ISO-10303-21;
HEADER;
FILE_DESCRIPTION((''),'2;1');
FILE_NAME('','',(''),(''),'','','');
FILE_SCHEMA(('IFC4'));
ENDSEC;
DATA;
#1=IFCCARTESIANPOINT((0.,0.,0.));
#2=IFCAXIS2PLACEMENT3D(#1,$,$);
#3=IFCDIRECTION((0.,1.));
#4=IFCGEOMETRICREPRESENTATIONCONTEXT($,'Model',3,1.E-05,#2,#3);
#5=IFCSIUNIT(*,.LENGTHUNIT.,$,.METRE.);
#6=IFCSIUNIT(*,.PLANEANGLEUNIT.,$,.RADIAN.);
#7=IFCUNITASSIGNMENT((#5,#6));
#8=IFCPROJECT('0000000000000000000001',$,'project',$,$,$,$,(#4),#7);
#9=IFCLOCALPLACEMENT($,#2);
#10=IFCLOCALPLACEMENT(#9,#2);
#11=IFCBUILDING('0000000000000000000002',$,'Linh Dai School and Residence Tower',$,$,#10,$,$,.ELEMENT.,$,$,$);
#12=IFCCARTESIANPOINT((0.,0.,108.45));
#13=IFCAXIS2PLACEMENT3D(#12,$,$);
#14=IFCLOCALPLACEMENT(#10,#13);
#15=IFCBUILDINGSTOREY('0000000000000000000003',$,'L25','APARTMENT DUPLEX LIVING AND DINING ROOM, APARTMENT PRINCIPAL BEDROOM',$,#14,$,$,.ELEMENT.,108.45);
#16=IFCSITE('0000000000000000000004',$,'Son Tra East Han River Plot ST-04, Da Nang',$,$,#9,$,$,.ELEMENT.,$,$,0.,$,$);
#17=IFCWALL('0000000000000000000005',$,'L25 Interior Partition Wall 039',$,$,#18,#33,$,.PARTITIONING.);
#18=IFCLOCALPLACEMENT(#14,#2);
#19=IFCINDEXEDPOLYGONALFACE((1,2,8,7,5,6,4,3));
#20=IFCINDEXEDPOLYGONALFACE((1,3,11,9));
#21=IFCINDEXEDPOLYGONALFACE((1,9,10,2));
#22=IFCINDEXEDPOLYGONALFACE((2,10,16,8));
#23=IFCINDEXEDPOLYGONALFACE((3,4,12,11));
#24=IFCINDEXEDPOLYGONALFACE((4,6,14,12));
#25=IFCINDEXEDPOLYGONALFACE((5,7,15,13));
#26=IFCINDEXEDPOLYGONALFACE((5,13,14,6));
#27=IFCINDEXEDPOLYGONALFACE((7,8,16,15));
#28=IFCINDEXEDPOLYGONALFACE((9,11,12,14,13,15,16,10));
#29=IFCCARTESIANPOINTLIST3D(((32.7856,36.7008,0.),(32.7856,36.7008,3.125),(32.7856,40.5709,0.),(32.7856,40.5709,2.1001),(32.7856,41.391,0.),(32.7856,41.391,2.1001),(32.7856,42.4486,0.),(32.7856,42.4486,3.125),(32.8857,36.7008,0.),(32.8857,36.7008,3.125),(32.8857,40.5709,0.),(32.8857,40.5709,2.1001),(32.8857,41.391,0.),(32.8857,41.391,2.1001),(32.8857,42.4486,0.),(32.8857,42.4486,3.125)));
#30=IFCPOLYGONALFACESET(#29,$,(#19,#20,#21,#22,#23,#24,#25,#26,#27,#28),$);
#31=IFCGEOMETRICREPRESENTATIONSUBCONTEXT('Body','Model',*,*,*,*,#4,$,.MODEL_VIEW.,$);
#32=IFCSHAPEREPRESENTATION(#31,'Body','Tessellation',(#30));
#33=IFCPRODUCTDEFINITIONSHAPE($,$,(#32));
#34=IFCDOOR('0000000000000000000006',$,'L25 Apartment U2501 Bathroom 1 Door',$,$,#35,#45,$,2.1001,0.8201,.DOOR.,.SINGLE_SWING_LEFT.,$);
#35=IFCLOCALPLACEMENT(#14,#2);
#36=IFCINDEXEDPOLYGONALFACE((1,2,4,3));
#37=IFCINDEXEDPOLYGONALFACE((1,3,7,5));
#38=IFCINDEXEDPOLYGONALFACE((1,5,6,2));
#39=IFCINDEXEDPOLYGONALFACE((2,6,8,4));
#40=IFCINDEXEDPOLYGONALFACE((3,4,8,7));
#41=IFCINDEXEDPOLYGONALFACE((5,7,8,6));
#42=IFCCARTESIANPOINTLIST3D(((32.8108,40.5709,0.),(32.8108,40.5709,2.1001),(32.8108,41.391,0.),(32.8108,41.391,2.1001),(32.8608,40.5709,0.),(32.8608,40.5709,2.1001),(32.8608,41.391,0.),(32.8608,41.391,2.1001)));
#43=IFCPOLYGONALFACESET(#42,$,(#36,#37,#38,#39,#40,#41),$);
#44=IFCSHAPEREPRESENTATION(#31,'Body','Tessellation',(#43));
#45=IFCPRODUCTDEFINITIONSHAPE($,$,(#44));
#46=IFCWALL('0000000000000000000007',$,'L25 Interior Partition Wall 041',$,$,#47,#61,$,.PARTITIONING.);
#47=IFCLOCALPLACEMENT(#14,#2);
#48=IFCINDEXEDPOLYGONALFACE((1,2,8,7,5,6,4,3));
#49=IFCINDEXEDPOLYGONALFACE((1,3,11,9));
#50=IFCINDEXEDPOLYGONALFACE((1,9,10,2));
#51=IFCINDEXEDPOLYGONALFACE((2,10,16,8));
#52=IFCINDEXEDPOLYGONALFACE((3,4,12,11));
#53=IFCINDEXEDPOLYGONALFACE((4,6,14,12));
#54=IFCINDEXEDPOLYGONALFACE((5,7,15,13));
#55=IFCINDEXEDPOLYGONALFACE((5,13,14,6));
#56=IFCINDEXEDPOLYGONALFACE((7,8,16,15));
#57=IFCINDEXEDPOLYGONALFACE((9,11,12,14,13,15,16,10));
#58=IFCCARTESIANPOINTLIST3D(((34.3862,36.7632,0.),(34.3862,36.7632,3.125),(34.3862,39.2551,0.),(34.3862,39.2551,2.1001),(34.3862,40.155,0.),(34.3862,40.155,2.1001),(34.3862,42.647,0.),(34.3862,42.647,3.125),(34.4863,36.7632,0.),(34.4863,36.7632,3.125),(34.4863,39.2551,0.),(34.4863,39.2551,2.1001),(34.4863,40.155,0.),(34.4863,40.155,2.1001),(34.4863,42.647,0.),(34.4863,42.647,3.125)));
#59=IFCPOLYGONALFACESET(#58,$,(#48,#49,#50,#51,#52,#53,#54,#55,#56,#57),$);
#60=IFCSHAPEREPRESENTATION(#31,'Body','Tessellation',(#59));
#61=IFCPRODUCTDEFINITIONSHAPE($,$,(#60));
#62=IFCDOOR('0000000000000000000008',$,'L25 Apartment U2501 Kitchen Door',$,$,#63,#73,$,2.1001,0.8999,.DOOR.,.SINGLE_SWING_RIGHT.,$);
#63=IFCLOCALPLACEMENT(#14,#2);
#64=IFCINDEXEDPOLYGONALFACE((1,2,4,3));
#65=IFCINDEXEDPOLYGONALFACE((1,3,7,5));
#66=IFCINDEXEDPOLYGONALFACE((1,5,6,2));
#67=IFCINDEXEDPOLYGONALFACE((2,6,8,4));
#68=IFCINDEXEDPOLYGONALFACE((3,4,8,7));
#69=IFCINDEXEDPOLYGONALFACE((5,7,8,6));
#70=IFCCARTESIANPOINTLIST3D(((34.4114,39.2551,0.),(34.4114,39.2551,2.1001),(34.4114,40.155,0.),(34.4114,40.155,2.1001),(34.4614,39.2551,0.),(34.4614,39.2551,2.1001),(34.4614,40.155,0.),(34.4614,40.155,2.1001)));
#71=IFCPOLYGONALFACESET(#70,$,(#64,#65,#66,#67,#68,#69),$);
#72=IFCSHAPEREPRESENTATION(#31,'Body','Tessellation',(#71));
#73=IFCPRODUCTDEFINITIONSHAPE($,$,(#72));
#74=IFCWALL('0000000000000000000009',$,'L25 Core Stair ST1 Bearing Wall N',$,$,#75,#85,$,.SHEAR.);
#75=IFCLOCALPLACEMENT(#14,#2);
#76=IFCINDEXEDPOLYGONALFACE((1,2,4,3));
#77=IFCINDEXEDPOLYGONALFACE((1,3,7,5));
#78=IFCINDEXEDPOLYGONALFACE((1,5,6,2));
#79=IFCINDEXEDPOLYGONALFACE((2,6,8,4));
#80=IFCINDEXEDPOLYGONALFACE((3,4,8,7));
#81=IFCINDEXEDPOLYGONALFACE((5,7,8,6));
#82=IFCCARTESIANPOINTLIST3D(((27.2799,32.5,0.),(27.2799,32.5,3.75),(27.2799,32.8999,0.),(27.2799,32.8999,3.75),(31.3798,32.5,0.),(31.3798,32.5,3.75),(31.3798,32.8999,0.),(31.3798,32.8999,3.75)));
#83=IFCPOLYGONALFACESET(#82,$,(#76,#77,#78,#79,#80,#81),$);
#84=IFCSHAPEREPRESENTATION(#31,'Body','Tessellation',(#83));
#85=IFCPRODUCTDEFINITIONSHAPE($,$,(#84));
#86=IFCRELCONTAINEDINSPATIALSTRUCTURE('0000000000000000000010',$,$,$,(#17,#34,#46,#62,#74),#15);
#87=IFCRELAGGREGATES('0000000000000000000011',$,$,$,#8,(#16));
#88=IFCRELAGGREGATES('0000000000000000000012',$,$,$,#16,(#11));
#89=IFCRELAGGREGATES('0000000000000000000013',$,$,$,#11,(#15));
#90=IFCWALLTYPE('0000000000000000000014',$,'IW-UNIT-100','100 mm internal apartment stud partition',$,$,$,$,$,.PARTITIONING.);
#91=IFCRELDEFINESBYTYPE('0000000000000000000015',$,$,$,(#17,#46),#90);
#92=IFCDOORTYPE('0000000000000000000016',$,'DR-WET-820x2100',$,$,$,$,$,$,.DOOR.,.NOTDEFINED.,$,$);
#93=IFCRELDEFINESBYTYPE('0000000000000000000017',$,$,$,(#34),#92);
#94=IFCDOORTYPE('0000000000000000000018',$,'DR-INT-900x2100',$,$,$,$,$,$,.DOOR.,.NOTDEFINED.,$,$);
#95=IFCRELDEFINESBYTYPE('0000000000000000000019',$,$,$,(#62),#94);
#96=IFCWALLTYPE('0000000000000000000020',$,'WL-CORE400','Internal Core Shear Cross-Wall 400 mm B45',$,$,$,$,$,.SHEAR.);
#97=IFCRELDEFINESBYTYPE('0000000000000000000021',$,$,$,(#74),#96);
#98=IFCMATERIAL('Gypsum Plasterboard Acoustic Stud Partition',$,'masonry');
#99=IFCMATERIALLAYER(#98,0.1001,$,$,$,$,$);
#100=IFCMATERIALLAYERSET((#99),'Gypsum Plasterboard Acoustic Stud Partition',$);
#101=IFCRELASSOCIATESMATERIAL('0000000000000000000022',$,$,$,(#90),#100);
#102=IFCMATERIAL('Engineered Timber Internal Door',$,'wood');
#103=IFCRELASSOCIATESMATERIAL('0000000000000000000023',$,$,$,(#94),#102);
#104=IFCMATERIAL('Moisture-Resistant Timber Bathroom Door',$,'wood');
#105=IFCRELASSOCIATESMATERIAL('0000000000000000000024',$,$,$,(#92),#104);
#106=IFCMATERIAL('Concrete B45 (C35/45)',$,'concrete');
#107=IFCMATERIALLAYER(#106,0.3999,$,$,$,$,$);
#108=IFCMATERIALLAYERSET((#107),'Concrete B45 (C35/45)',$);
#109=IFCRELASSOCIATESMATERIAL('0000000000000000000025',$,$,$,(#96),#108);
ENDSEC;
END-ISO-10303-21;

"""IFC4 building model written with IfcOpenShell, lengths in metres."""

from ifc_helpers import new_model, si_unit, direction, frame, frame_2d, origin, origin_2d, place, context, subcontext, project, spatial, rectangle, extrude, source, transform, mapped, material, layer, layer_set, type_object, element, fill, save


model = new_model("IFC4")

# Units and contexts
model_context = context("Model", 3, precision=1e-05, world=origin(), true_north=direction((0.0, 1.0)))
body_context = subcontext(model_context, "Body", "Model", "MODEL_VIEW")
ifc_project = project(units=[si_unit("LENGTHUNIT", "METRE"), si_unit("PLANEANGLEUNIT", "RADIAN")], contexts=[model_context])

# Site, building, storey
site_placement = place(None, origin())
site = spatial("IfcSite", under=ifc_project, at=site_placement, Name="Son Tra East Han River Plot ST-04, Da Nang", CompositionType="ELEMENT", RefElevation=0.0)
building_placement = place(site_placement, origin())
building = spatial("IfcBuilding", under=site, at=building_placement, Name="Linh Dai School and Residence Tower", CompositionType="ELEMENT")
storey_placement = place(building_placement, frame((0.0, 0.0, 108.45)))
storey = spatial("IfcBuildingStorey", under=building, at=storey_placement, Name="L25", Description="APARTMENT DUPLEX LIVING AND DINING ROOM, APARTMENT PRINCIPAL BEDROOM", CompositionType="ELEMENT", Elevation=108.45)

# Shared definitions
ifc_material_1 = material(Name="Gypsum Plasterboard Acoustic Stud Partition", Category="masonry")
ifc_layer_1 = layer(ifc_material_1, 0.1001)
ifc_layer_set_1 = layer_set([ifc_layer_1], Name="Gypsum Plasterboard Acoustic Stud Partition")
wall_type_1 = type_object("IfcWallType", Name="IW-UNIT-100", Description="100 mm internal apartment stud partition", PredefinedType="PARTITIONING", material=ifc_layer_set_1)
ifc_material_2 = material(Name="Engineered Timber Internal Door", Category="wood")
door_type_1 = type_object("IfcDoorType", Name="DR-INT-900x2100", OperationType="NOTDEFINED", PredefinedType="DOOR", material=ifc_material_2)
shared_shape_1 = source(origin(), body_context, "Body", "SweptSolid", [
    extrude(rectangle(XDim=0.8999, YDim=2.1001, at=origin_2d()), frame((0.45, 0.0249, 1.05), z_axis=(0.0, -1.0, 0.0), x_axis=(1.0, 0.0, 0.0)), (0.0, 0.0, 1.0), 0.05),
])

# Walls, openings, doors
ifc_material_3 = material(Name="Moisture-Resistant Timber Bathroom Door", Category="wood")
door_type_2 = type_object("IfcDoorType", Name="DR-WET-820x2100", OperationType="NOTDEFINED", PredefinedType="DOOR", material=ifc_material_3)
shared_shape_2 = source(origin(), body_context, "Body", "SweptSolid", [
    extrude(rectangle(XDim=0.8201, YDim=2.1001, at=origin_2d()), frame((0.4102, 0.0249, 1.05), z_axis=(0.0, -1.0, 0.0), x_axis=(1.0, 0.0, 0.0)), (0.0, 0.0, 1.0), 0.05),
])
wall_1_placement = place(storey_placement, frame((32.8357, 36.7007, 0.0), z_axis=(0.0, 0.0, 1.0), x_axis=(0.0, 1.0, 0.0)))
wall_1 = element("IfcWall", 1, at=wall_1_placement, inside=storey, type_object=wall_type_1, Name="L25 Interior Partition Wall 039", PredefinedType="PARTITIONING", context=body_context, shape_type="SweptSolid", body=[
    extrude(rectangle(XDim=5.7478, YDim=0.1001, at=frame_2d((2.874, 0.0))), origin(), (0.0, 0.0, 1.0), 3.125),
])
opening_1_placement = place(wall_1_placement, frame((3.8701, 0.0, 0.0)))
opening_1 = element("IfcOpeningElement", 2, at=opening_1_placement, cuts=wall_1, PredefinedType="OPENING", context=body_context, shape_type="SweptSolid", body=[
    extrude(rectangle(XDim=0.8201, YDim=2.1001, at=origin_2d()), frame((0.4102, 0.0601, 1.05), z_axis=(0.0, -1.0, 0.0), x_axis=(1.0, 0.0, 0.0)), (0.0, 0.0, 1.0), 0.1201),
])
door_1_placement = place(opening_1_placement, origin())
door_1 = element("IfcDoor", 3, at=door_1_placement, inside=storey, type_object=door_type_2, Name="L25 Apartment U2501 Bathroom 1 Door", OperationType="SINGLE_SWING_LEFT", OverallHeight=2.1001, OverallWidth=0.8201, PredefinedType="DOOR", context=body_context, shape_type="MappedRepresentation", body=[
    mapped(shared_shape_2, transform((0.0, 0.0, 0.0), x_axis=(1.0, 0.0, 0.0), y_axis=(0.0, 1.0, 0.0), z_axis=(0.0, 0.0, 1.0), scale=1.0)),
])
fill(opening_1, door_1)
wall_2_placement = place(storey_placement, frame((34.4363, 36.7632, 0.0), z_axis=(0.0, 0.0, 1.0), x_axis=(0.0, 1.0, 0.0)))
wall_2 = element("IfcWall", 4, at=wall_2_placement, inside=storey, type_object=wall_type_1, Name="L25 Interior Partition Wall 041", PredefinedType="PARTITIONING", context=body_context, shape_type="SweptSolid", body=[
    extrude(rectangle(XDim=5.8838, YDim=0.1001, at=frame_2d((2.9419, 0.0))), origin(), (0.0, 0.0, 1.0), 3.125),
])
opening_2_placement = place(wall_2_placement, frame((2.4919, 0.0, 0.0)))
opening_2 = element("IfcOpeningElement", 5, at=opening_2_placement, cuts=wall_2, PredefinedType="OPENING", context=body_context, shape_type="SweptSolid", body=[
    extrude(rectangle(XDim=0.8999, YDim=2.1001, at=origin_2d()), frame((0.45, 0.0601, 1.05), z_axis=(0.0, -1.0, 0.0), x_axis=(1.0, 0.0, 0.0)), (0.0, 0.0, 1.0), 0.1201),
])
door_2_placement = place(opening_2_placement, origin())
door_2 = element("IfcDoor", 6, at=door_2_placement, inside=storey, type_object=door_type_1, Name="L25 Apartment U2501 Kitchen Door", OperationType="SINGLE_SWING_RIGHT", OverallHeight=2.1001, OverallWidth=0.8999, PredefinedType="DOOR", context=body_context, shape_type="MappedRepresentation", body=[
    mapped(shared_shape_1, transform((0.0, 0.0, 0.0), x_axis=(1.0, 0.0, 0.0), y_axis=(0.0, 1.0, 0.0), z_axis=(0.0, 0.0, 1.0), scale=1.0)),
])
fill(opening_2, door_2)

# Wall
ifc_material_4 = material(Name="Concrete B45 (C35/45)", Category="concrete")
ifc_layer_2 = layer(ifc_material_4, 0.3999)
ifc_layer_set_2 = layer_set([ifc_layer_2], Name="Concrete B45 (C35/45)")
wall_type_2 = type_object("IfcWallType", Name="WL-CORE400", Description="Internal Core Shear Cross-Wall 400 mm B45", PredefinedType="SHEAR", material=ifc_layer_set_2)
wall_3_placement = place(storey_placement, frame((27.28, 32.7, 0.0), z_axis=(0.0, 0.0, 1.0), x_axis=(1.0, 0.0, 0.0)))
element("IfcWall", 7, at=wall_3_placement, inside=storey, type_object=wall_type_2, Name="L25 Core Stair ST1 Bearing Wall N", PredefinedType="SHEAR", context=body_context, shape_type="SweptSolid", body=[
    extrude(rectangle(XDim=4.0999, YDim=0.3999, at=frame_2d((2.0498, 0.0))), origin(), (0.0, 0.0, 1.0), 3.75),
])

save(model, "model.ifc")
